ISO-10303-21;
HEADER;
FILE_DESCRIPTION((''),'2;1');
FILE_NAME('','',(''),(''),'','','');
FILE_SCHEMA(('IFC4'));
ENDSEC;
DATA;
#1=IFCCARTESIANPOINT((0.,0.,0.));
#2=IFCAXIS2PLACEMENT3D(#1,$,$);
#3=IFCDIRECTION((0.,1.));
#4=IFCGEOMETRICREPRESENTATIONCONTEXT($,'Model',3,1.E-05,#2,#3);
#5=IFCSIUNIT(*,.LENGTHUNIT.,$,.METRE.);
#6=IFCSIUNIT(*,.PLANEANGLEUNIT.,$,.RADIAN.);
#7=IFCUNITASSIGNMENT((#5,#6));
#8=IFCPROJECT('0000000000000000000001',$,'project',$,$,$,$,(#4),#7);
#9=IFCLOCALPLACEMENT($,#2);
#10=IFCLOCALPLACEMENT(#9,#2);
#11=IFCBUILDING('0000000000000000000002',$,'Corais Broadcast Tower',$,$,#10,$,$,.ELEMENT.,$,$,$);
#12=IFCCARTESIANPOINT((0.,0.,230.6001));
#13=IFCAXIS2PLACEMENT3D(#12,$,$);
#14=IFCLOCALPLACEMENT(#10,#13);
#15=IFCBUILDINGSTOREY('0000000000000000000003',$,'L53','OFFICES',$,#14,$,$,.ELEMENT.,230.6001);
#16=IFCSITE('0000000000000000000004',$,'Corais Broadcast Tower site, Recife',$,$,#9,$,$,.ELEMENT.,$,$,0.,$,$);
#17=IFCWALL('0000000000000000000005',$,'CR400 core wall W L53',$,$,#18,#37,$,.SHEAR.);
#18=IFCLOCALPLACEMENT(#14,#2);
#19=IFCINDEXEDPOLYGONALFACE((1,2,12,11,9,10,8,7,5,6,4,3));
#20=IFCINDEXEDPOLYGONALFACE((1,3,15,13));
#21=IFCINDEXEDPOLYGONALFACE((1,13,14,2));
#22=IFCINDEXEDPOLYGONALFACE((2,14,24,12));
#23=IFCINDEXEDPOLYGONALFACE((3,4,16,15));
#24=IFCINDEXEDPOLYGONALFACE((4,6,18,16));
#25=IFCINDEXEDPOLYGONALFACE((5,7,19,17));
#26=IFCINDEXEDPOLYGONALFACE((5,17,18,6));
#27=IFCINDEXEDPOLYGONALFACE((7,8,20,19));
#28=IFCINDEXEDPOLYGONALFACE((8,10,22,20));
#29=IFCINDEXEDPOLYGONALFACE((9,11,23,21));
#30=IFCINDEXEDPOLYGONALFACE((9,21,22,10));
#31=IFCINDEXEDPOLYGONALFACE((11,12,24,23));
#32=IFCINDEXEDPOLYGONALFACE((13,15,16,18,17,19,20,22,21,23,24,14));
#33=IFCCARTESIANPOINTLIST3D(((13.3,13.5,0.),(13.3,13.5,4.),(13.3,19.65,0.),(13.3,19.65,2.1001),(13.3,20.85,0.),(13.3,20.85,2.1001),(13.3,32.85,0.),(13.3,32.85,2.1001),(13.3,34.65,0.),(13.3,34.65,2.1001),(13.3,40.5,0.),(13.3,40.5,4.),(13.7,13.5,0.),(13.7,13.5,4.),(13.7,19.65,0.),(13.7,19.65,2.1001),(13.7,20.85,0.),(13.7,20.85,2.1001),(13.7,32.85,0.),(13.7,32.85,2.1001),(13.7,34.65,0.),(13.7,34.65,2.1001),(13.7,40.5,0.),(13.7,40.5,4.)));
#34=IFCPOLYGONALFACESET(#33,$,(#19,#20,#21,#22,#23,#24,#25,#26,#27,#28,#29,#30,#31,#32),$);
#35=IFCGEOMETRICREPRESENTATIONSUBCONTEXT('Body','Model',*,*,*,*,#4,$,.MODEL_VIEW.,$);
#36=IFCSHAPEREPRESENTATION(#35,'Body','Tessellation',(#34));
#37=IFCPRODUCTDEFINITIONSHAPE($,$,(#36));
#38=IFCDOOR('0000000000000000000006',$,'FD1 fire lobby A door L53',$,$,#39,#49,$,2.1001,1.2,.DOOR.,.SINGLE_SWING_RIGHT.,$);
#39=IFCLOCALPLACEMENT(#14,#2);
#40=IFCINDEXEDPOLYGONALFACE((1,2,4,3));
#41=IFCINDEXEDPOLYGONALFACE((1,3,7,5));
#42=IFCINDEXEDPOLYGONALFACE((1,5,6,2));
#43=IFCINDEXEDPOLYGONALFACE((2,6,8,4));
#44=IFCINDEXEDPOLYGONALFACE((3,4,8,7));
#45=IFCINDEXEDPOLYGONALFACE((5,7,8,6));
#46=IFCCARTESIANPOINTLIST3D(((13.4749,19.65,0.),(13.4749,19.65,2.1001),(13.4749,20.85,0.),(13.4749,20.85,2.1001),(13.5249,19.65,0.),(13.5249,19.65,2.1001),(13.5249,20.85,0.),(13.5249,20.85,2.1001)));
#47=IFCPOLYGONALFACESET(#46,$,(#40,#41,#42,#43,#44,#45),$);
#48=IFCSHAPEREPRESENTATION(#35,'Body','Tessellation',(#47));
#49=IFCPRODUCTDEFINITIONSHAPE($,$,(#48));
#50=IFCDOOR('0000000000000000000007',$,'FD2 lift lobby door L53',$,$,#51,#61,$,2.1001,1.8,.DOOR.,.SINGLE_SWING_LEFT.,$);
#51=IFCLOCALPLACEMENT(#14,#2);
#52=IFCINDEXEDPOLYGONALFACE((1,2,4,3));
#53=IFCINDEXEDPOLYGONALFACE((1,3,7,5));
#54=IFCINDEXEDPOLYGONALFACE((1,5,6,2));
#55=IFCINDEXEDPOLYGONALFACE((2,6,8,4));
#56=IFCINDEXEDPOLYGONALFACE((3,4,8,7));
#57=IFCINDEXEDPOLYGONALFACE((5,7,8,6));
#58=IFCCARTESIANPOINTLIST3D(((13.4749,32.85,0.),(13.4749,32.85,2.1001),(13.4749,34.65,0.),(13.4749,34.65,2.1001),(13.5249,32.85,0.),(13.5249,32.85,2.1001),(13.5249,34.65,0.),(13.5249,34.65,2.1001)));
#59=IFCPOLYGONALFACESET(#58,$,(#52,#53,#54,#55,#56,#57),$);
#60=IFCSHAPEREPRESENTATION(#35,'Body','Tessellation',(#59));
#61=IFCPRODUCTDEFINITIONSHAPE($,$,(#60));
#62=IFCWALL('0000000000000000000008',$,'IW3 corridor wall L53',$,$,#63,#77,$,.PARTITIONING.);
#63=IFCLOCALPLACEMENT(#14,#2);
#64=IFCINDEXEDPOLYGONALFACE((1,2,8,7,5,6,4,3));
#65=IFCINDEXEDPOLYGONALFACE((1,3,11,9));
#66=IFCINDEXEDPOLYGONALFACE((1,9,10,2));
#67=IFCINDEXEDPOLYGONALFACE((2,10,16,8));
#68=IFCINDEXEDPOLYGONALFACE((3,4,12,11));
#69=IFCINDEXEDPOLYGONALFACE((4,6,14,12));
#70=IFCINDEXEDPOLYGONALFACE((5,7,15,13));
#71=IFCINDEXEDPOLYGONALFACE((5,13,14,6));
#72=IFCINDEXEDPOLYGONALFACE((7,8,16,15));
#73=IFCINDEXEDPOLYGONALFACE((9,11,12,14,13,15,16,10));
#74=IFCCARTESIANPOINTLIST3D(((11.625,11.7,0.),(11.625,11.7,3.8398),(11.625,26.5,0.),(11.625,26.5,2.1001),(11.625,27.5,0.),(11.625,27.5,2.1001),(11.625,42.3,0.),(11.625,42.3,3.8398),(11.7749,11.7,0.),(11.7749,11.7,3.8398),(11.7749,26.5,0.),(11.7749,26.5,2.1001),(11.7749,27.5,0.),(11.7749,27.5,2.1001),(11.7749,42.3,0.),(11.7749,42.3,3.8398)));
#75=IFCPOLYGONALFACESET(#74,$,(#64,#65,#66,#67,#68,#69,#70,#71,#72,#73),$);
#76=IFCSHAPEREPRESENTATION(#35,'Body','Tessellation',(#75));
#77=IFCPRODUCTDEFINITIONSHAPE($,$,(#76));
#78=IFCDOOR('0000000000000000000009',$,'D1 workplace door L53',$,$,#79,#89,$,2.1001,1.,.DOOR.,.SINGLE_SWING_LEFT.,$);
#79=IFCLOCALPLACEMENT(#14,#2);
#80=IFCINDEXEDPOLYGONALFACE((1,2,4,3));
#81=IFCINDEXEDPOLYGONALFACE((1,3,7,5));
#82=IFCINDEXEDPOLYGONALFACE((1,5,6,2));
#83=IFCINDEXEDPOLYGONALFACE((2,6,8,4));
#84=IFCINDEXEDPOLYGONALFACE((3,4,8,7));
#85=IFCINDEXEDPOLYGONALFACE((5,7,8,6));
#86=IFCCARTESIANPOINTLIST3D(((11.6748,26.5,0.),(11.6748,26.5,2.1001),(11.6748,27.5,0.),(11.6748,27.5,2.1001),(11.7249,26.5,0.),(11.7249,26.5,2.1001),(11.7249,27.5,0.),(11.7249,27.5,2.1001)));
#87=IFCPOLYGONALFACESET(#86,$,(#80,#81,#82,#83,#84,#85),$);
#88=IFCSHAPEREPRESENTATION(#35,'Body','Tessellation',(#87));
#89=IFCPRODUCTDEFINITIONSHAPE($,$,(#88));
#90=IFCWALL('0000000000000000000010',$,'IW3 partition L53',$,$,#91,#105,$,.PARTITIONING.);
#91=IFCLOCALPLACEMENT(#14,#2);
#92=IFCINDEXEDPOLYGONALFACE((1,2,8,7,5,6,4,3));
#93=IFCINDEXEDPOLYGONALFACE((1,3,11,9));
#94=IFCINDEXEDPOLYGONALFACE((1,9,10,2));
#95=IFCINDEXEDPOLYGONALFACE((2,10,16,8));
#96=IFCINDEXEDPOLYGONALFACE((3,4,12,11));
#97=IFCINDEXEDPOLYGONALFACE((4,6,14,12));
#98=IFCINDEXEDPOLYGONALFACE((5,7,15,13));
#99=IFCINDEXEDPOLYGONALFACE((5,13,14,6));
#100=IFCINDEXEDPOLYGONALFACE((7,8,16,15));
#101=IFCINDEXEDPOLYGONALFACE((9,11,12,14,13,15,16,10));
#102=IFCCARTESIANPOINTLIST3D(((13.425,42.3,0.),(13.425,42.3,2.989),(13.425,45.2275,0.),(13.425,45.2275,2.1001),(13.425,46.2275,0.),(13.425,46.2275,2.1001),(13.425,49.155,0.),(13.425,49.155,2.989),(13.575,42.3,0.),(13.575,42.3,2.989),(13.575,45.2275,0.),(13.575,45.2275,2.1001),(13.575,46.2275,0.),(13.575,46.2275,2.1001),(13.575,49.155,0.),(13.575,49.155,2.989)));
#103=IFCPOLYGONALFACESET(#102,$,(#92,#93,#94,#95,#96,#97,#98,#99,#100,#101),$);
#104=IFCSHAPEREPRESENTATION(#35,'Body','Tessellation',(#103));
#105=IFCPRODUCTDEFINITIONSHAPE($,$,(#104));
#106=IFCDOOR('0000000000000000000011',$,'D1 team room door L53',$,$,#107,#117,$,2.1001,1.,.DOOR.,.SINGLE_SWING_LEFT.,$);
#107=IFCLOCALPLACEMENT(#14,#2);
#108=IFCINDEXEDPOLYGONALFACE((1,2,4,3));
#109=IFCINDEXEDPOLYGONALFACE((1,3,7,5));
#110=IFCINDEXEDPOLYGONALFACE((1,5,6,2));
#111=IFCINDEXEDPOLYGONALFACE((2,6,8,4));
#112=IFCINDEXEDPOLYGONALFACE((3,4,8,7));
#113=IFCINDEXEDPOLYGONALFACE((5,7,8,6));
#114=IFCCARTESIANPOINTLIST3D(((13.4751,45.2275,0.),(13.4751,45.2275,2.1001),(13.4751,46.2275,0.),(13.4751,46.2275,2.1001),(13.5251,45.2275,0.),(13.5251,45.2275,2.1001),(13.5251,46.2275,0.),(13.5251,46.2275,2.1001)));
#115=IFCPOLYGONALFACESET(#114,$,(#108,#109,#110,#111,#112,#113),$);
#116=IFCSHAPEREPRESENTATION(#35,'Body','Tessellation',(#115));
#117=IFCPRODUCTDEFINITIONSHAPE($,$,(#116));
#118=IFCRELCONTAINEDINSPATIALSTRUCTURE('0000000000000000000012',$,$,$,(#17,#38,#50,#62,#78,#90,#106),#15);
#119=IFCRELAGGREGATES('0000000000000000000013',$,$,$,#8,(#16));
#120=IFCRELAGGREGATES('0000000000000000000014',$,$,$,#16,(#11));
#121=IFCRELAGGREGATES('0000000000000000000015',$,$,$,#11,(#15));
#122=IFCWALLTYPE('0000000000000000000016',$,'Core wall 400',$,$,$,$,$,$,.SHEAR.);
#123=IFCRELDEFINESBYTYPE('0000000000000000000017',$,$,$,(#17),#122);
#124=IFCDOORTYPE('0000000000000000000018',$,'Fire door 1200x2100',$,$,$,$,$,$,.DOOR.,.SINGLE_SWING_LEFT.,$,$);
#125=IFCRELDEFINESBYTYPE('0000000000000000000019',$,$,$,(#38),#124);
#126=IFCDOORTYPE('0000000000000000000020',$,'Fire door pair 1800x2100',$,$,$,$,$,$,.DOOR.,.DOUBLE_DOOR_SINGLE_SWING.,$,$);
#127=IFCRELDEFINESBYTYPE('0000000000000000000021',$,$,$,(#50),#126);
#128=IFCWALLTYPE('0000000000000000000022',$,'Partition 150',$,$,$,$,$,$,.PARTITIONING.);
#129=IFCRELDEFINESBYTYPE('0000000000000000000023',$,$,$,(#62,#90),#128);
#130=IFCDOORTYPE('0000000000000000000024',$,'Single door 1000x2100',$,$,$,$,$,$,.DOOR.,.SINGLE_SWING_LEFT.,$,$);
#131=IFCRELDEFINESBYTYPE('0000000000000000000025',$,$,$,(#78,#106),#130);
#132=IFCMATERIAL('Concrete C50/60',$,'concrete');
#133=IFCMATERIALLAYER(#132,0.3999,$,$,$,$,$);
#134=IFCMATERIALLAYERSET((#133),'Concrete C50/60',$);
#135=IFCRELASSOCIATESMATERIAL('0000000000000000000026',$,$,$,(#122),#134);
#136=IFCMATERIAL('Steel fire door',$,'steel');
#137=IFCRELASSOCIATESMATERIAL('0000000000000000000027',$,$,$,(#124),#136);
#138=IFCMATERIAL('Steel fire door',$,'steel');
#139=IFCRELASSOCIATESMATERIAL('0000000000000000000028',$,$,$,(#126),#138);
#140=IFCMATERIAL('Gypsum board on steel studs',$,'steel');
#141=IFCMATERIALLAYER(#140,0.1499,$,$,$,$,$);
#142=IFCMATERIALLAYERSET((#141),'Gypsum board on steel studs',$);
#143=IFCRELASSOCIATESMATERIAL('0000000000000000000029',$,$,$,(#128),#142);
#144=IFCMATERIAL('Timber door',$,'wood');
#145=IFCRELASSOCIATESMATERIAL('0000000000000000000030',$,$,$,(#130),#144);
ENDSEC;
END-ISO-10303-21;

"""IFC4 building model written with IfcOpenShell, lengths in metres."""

from ifc_helpers import new_model, si_unit, direction, frame, frame_2d, origin, place, context, subcontext, project, spatial, rectangle, extrude, material, layer, layer_set, type_object, element, fill, save


model = new_model("IFC4")

# Units and contexts
model_context = context("Model", 3, precision=1e-05, world=origin(), true_north=direction((0.0, 1.0)))
body_context = subcontext(model_context, "Body", "Model", "MODEL_VIEW")
ifc_project = project(units=[si_unit("LENGTHUNIT", "METRE"), si_unit("PLANEANGLEUNIT", "RADIAN")], contexts=[model_context])

# Site, building, storey
site_placement = place(None, origin())
site = spatial("IfcSite", under=ifc_project, at=site_placement, Name="Corais Broadcast Tower site, Recife", CompositionType="ELEMENT", RefElevation=0.0)
building_placement = place(site_placement, origin())
building = spatial("IfcBuilding", under=site, at=building_placement, Name="Corais Broadcast Tower", CompositionType="ELEMENT")
storey_placement = place(building_placement, frame((0.0, 0.0, 230.6001)))
storey = spatial("IfcBuildingStorey", under=building, at=storey_placement, Name="L53", Description="OFFICES", CompositionType="ELEMENT", Elevation=230.6001)

# Wall, openings, doors
ifc_material_1 = material(Name="Concrete C50/60", Category="concrete")
ifc_layer_1 = layer(ifc_material_1, 0.3999)
ifc_layer_set_1 = layer_set([ifc_layer_1], Name="Concrete C50/60")
wall_type_1 = type_object("IfcWallType", Name="Core wall 400", PredefinedType="SHEAR", material=ifc_layer_set_1)
wall_1_placement = place(storey_placement, frame((13.5, 40.5, 0.0), z_axis=(0.0, 0.0, 1.0), x_axis=(0.0, -1.0, 0.0)))
wall_1 = element("IfcWall", 1, at=wall_1_placement, inside=storey, type_object=wall_type_1, Name="CR400 core wall W L53", PredefinedType="SHEAR", context=body_context, shape_type="SweptSolid", body=[
    extrude(rectangle(XDim=27.0, YDim=0.3999, at=frame_2d((13.5, 0.0))), origin(), (0.0, 0.0, 1.0), 4.0),
])
opening_1_placement = place(wall_1_placement, frame((19.6499, 0.0, 0.0)))
opening_1 = element("IfcOpeningElement", 2, at=opening_1_placement, cuts=wall_1, PredefinedType="OPENING", context=body_context, shape_type="SweptSolid", body=[
    extrude(rectangle(XDim=1.2, YDim=2.1001, at=frame_2d((0.6001, 1.05))), frame((0.0, 0.21, 0.0), z_axis=(0.0, -1.0, 0.0), x_axis=(1.0, 0.0, 0.0)), (0.0, 0.0, 1.0), 0.4199),
])
opening_2_placement = place(wall_1_placement, frame((5.8501, 0.0, 0.0)))
opening_2 = element("IfcOpeningElement", 3, at=opening_2_placement, cuts=wall_1, PredefinedType="OPENING", context=body_context, shape_type="SweptSolid", body=[
    extrude(rectangle(XDim=1.8, YDim=2.1001, at=frame_2d((0.8999, 1.05))), frame((0.0, 0.21, 0.0), z_axis=(0.0, -1.0, 0.0), x_axis=(1.0, 0.0, 0.0)), (0.0, 0.0, 1.0), 0.4199),
])
ifc_material_2 = material(Name="Steel fire door", Category="steel")
door_type_1 = type_object("IfcDoorType", Name="Fire door 1200x2100", OperationType="SINGLE_SWING_LEFT", PredefinedType="DOOR", material=ifc_material_2)
door_1_placement = place(opening_1_placement, origin())
door_1 = element("IfcDoor", 4, at=door_1_placement, inside=storey, type_object=door_type_1, Name="FD1 fire lobby A door L53", OperationType="SINGLE_SWING_RIGHT", OverallHeight=2.1001, OverallWidth=1.2, PredefinedType="DOOR", context=body_context, shape_type="SweptSolid", body=[
    extrude(rectangle(XDim=1.2, YDim=2.1001, at=frame_2d((0.6001, 1.05))), frame((0.0, 0.0249, 0.0), z_axis=(0.0, -1.0, 0.0), x_axis=(1.0, 0.0, 0.0)), (0.0, 0.0, 1.0), 0.05),
])
fill(opening_1, door_1)
ifc_material_3 = material(Name="Steel fire door", Category="steel")
door_type_2 = type_object("IfcDoorType", Name="Fire door pair 1800x2100", OperationType="DOUBLE_DOOR_SINGLE_SWING", PredefinedType="DOOR", material=ifc_material_3)
door_2_placement = place(opening_2_placement, origin())
door_2 = element("IfcDoor", 5, at=door_2_placement, inside=storey, type_object=door_type_2, Name="FD2 lift lobby door L53", OperationType="SINGLE_SWING_LEFT", OverallHeight=2.1001, OverallWidth=1.8, PredefinedType="DOOR", context=body_context, shape_type="SweptSolid", body=[
    extrude(rectangle(XDim=1.8, YDim=2.1001, at=frame_2d((0.8999, 1.05))), frame((0.0, 0.0249, 0.0), z_axis=(0.0, -1.0, 0.0), x_axis=(1.0, 0.0, 0.0)), (0.0, 0.0, 1.0), 0.05),
])
fill(opening_2, door_2)

# Walls, openings, doors
ifc_material_4 = material(Name="Gypsum board on steel studs", Category="steel")
ifc_layer_2 = layer(ifc_material_4, 0.1499)
ifc_layer_set_2 = layer_set([ifc_layer_2], Name="Gypsum board on steel studs")
wall_type_2 = type_object("IfcWallType", Name="Partition 150", PredefinedType="PARTITIONING", material=ifc_layer_set_2)
wall_2_placement = place(storey_placement, frame((11.7, 42.3, 0.0), z_axis=(0.0, 0.0, 1.0), x_axis=(0.0, -1.0, 0.0)))
wall_2 = element("IfcWall", 6, at=wall_2_placement, inside=storey, type_object=wall_type_2, Name="IW3 corridor wall L53", PredefinedType="PARTITIONING", context=body_context, shape_type="SweptSolid", body=[
    extrude(rectangle(XDim=30.6001, YDim=0.1499, at=frame_2d((15.3, 0.0))), origin(), (0.0, 0.0, 1.0), 3.8398),
])
opening_3_placement = place(wall_2_placement, frame((14.8, 0.0, 0.0)))
opening_3 = element("IfcOpeningElement", 7, at=opening_3_placement, cuts=wall_2, PredefinedType="OPENING", context=body_context, shape_type="SweptSolid", body=[
    extrude(rectangle(XDim=1.0, YDim=2.1001, at=frame_2d((0.5, 1.05))), frame((0.0, 0.085, 0.0), z_axis=(0.0, -1.0, 0.0), x_axis=(1.0, 0.0, 0.0)), (0.0, 0.0, 1.0), 0.1699),
])
ifc_material_5 = material(Name="Timber door", Category="wood")
door_type_3 = type_object("IfcDoorType", Name="Single door 1000x2100", OperationType="SINGLE_SWING_LEFT", PredefinedType="DOOR", material=ifc_material_5)
door_3_placement = place(opening_3_placement, origin())
door_3 = element("IfcDoor", 8, at=door_3_placement, inside=storey, type_object=door_type_3, Name="D1 workplace door L53", OperationType="SINGLE_SWING_LEFT", OverallHeight=2.1001, OverallWidth=1.0, PredefinedType="DOOR", context=body_context, shape_type="SweptSolid", body=[
    extrude(rectangle(XDim=1.0, YDim=2.1001, at=frame_2d((0.5, 1.05))), frame((0.0, 0.0249, 0.0), z_axis=(0.0, -1.0, 0.0), x_axis=(1.0, 0.0, 0.0)), (0.0, 0.0, 1.0), 0.05),
])
fill(opening_3, door_3)
wall_3_placement = place(storey_placement, frame((13.5, 42.3, 0.0), z_axis=(0.0, 0.0, 1.0), x_axis=(0.0, 1.0, 0.0)))
wall_3 = element("IfcWall", 9, at=wall_3_placement, inside=storey, type_object=wall_type_2, Name="IW3 partition L53", PredefinedType="PARTITIONING", context=body_context, shape_type="SweptSolid", body=[
    extrude(rectangle(XDim=6.855, YDim=0.1499, at=frame_2d((3.4275, 0.0))), origin(), (0.0, 0.0, 1.0), 2.989),
])
opening_4_placement = place(wall_3_placement, frame((2.9275, 0.0, 0.0)))
opening_4 = element("IfcOpeningElement", 10, at=opening_4_placement, cuts=wall_3, PredefinedType="OPENING", context=body_context, shape_type="SweptSolid", body=[
    extrude(rectangle(XDim=1.0, YDim=2.1001, at=frame_2d((0.5, 1.05))), frame((0.0, 0.085, 0.0), z_axis=(0.0, -1.0, 0.0), x_axis=(1.0, 0.0, 0.0)), (0.0, 0.0, 1.0), 0.1699),
])
door_4_placement = place(opening_4_placement, origin())
door_4 = element("IfcDoor", 11, at=door_4_placement, inside=storey, type_object=door_type_3, Name="D1 team room door L53", OperationType="SINGLE_SWING_LEFT", OverallHeight=2.1001, OverallWidth=1.0, PredefinedType="DOOR", context=body_context, shape_type="SweptSolid", body=[
    extrude(rectangle(XDim=1.0, YDim=2.1001, at=frame_2d((0.5, 1.05))), frame((0.0, 0.0249, 0.0), z_axis=(0.0, -1.0, 0.0), x_axis=(1.0, 0.0, 0.0)), (0.0, 0.0, 1.0), 0.05),
])
fill(opening_4, door_4)

save(model, "model.ifc")
